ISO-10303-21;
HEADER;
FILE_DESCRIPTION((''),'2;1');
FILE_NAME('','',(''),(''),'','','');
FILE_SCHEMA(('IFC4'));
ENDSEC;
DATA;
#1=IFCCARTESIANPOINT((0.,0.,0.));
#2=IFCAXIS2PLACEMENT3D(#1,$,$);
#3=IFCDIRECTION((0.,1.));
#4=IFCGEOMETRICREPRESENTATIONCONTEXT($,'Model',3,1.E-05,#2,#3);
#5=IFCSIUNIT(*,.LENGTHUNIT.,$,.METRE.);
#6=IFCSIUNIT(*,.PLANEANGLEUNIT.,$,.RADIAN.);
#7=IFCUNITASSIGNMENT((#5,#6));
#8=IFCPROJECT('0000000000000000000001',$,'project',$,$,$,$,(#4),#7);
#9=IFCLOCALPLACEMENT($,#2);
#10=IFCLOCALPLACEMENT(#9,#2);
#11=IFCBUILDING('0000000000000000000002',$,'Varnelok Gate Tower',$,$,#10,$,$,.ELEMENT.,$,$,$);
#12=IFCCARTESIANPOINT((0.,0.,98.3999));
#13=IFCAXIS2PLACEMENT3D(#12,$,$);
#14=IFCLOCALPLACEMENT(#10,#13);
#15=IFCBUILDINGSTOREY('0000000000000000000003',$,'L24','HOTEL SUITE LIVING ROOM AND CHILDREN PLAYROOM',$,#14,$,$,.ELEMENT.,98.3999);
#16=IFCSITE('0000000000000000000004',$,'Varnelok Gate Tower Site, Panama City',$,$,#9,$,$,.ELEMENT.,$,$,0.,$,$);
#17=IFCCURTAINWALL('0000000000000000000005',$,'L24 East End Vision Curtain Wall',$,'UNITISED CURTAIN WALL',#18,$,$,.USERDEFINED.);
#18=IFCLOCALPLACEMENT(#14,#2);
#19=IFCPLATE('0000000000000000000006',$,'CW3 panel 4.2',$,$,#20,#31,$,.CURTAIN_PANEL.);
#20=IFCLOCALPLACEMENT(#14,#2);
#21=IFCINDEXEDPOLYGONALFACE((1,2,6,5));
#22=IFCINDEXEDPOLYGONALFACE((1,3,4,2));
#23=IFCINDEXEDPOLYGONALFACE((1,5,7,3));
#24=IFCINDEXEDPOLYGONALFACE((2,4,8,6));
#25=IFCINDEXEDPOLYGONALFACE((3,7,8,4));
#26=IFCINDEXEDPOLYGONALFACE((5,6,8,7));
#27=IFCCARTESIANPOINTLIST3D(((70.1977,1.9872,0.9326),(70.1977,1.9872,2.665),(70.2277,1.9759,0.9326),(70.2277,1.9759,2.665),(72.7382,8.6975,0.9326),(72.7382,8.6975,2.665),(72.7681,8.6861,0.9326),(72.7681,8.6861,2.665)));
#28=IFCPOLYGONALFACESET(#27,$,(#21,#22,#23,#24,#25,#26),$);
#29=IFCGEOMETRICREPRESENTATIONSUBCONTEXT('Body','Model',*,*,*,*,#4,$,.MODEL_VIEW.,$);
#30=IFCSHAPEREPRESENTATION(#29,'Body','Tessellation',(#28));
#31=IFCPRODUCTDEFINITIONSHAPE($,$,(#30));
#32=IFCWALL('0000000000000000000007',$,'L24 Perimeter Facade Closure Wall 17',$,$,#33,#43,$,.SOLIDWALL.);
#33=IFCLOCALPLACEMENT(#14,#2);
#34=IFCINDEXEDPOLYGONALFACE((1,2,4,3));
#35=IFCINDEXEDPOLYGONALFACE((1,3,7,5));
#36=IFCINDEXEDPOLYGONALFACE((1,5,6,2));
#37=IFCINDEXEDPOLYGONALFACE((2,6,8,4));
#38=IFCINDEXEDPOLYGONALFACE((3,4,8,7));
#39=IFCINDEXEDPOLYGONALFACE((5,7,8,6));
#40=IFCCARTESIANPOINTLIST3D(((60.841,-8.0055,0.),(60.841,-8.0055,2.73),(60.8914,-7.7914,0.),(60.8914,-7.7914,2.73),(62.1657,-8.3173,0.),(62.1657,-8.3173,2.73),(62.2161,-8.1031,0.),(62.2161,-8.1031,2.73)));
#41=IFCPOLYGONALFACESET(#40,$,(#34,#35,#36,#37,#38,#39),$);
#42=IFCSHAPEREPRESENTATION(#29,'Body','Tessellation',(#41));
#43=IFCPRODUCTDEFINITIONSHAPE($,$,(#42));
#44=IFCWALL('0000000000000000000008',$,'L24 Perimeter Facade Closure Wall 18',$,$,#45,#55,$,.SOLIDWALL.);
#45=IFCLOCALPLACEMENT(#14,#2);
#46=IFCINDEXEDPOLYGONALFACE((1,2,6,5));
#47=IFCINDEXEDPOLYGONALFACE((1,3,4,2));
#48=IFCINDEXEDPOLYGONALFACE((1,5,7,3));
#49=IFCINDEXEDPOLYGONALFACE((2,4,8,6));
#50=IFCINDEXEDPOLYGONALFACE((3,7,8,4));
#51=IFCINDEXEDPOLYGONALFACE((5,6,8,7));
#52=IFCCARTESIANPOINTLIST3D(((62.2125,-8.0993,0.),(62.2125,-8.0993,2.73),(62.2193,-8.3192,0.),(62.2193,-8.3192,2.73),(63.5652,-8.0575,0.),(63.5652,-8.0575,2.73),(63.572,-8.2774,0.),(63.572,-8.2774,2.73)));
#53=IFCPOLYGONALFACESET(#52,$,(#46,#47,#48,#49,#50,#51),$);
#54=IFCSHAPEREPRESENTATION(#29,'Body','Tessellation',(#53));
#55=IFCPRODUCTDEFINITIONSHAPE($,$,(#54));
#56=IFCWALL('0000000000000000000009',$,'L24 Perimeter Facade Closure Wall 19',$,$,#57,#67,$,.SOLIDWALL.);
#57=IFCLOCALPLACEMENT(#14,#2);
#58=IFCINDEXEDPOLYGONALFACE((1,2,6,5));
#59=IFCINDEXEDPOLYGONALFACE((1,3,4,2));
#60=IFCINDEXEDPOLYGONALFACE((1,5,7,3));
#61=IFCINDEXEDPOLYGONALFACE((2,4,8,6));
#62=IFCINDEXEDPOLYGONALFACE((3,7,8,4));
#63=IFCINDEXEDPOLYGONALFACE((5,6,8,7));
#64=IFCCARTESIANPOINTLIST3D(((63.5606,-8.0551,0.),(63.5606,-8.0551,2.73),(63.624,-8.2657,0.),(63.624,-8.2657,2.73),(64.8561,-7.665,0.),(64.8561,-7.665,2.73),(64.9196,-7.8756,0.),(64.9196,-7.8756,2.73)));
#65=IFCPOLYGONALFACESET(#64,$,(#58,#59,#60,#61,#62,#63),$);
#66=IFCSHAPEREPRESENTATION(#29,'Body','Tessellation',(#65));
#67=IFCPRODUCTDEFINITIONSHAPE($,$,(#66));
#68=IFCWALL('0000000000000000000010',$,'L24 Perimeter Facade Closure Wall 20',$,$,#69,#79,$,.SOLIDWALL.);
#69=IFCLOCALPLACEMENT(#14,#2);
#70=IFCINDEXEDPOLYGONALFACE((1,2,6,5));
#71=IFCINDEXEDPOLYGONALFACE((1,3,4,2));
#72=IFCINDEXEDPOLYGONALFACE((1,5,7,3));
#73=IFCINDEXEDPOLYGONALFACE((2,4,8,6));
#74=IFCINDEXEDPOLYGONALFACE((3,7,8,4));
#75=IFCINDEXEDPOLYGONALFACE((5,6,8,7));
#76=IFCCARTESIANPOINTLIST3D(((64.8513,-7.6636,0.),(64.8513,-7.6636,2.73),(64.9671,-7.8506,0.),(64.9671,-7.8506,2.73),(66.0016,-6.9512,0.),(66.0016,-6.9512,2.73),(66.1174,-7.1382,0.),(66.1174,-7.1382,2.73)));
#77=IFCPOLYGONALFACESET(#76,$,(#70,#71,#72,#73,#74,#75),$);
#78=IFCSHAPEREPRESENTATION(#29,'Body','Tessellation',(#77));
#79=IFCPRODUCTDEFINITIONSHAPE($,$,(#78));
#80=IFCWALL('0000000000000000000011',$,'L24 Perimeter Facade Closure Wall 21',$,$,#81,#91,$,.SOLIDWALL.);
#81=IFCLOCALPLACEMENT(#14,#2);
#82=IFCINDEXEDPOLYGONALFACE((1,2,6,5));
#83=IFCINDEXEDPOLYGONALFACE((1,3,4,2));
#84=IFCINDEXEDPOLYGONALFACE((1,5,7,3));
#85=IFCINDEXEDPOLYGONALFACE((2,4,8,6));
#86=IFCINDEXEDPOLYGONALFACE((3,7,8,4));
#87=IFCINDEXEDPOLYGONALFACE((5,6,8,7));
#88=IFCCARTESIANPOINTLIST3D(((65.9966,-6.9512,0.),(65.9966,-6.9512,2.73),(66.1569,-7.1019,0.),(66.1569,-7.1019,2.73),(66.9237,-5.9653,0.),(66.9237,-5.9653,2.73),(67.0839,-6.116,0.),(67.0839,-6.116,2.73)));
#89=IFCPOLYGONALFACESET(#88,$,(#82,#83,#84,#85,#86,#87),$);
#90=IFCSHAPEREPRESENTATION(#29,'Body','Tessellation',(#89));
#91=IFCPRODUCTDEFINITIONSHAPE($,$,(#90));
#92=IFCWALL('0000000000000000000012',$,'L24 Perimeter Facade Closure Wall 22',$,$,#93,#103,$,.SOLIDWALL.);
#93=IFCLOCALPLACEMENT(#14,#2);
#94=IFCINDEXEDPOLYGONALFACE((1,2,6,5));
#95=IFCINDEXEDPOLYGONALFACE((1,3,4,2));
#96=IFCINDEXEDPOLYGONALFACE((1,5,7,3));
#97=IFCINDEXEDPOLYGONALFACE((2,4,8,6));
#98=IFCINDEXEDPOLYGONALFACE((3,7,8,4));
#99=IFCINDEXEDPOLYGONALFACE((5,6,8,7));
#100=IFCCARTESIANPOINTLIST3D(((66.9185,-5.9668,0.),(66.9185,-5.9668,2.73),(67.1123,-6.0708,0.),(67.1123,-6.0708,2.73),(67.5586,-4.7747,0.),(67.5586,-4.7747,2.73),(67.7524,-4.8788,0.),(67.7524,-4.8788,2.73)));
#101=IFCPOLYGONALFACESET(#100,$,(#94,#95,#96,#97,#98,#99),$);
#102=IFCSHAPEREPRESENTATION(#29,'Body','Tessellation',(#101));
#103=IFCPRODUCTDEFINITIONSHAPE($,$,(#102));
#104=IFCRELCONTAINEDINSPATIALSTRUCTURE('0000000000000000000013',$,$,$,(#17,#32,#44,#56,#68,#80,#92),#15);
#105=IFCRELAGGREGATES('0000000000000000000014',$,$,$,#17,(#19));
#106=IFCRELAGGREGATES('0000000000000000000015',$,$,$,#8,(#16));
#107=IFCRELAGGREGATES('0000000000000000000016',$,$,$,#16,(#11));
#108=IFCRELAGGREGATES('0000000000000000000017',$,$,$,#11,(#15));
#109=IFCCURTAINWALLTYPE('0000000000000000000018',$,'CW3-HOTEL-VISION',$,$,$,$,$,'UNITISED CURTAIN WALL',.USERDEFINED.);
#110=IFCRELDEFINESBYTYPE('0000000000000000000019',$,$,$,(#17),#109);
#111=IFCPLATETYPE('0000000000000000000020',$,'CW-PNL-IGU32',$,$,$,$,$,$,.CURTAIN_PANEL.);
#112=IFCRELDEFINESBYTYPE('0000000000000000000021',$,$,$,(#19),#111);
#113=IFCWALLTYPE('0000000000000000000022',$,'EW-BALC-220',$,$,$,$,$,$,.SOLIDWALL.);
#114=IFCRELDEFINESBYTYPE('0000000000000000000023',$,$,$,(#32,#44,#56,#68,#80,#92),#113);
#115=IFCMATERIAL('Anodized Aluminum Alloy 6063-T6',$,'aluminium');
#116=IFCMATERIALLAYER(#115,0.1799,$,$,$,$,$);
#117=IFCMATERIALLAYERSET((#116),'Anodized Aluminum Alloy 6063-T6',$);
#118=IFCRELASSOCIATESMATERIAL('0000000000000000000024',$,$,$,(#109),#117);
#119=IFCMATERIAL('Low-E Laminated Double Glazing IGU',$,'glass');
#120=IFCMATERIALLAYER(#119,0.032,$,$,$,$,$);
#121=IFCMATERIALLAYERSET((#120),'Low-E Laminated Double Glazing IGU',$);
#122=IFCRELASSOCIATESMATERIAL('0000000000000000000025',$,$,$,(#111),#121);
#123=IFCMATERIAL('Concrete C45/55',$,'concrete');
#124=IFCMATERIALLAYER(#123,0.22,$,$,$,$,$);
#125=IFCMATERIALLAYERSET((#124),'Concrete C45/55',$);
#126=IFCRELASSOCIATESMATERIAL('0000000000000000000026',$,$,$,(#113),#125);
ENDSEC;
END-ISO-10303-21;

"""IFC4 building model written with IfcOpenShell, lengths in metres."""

from ifc_helpers import new_model, si_unit, direction, frame, frame_2d, origin, origin_2d, place, context, subcontext, project, spatial, rectangle, extrude, source, transform, mapped, material, layer, layer_set, type_object, element, aggregate, save


model = new_model("IFC4")

# Units and contexts
model_context = context("Model", 3, precision=1e-05, world=origin(), true_north=direction((0.0, 1.0)))
body_context = subcontext(model_context, "Body", "Model", "MODEL_VIEW")
ifc_project = project(units=[si_unit("LENGTHUNIT", "METRE"), si_unit("PLANEANGLEUNIT", "RADIAN")], contexts=[model_context])

# Site, building, storey
site_placement = place(None, origin())
site = spatial("IfcSite", under=ifc_project, at=site_placement, Name="Varnelok Gate Tower Site, Panama City", CompositionType="ELEMENT", RefElevation=0.0)
building_placement = place(site_placement, origin())
building = spatial("IfcBuilding", under=site, at=building_placement, Name="Varnelok Gate Tower", CompositionType="ELEMENT")
storey_placement = place(building_placement, frame((0.0, 0.0, 98.3999)))
storey = spatial("IfcBuildingStorey", under=building, at=storey_placement, Name="L24", Description="HOTEL SUITE LIVING ROOM AND CHILDREN PLAYROOM", CompositionType="ELEMENT", Elevation=98.3999)

# Curtain wall, plate
ifc_material_1 = material(Name="Anodized Aluminum Alloy 6063-T6", Category="aluminium")
ifc_layer_1 = layer(ifc_material_1, 0.1799)
ifc_layer_set_1 = layer_set([ifc_layer_1], Name="Anodized Aluminum Alloy 6063-T6")
curtain_wall_type = type_object("IfcCurtainWallType", Name="CW3-HOTEL-VISION", ElementType="UNITISED CURTAIN WALL", PredefinedType="USERDEFINED", material=ifc_layer_set_1)
curtain_wall_placement = place(storey_placement, origin())
curtain_wall = element("IfcCurtainWall", 1, at=curtain_wall_placement, inside=storey, type_object=curtain_wall_type, Name="L24 East End Vision Curtain Wall", ObjectType="UNITISED CURTAIN WALL", PredefinedType="USERDEFINED")
ifc_material_2 = material(Name="Low-E Laminated Double Glazing IGU", Category="glass")
ifc_layer_2 = layer(ifc_material_2, 0.032)
ifc_layer_set_2 = layer_set([ifc_layer_2], Name="Low-E Laminated Double Glazing IGU")
plate_type = type_object("IfcPlateType", Name="CW-PNL-IGU32", PredefinedType="CURTAIN_PANEL", material=ifc_layer_set_2)
shared_shape_1 = source(origin(), body_context, "Body", "SweptSolid", [
    extrude(rectangle(XDim=7.175, YDim=0.032, at=origin_2d()), origin(), (0.0, 0.0, 1.0), 1.7324),
])
plate_1_placement = place(storey_placement, frame((71.4829, 5.3367, 0.9326), z_axis=(0.0, 0.0, 1.0), x_axis=(-0.354064, -0.935221, 0.0)))
plate_1 = element("IfcPlate", 2, at=plate_1_placement, type_object=plate_type, Name="CW3 panel 4.2", PredefinedType="CURTAIN_PANEL", context=body_context, shape_type="MappedRepresentation", body=[
    mapped(shared_shape_1, transform((0.0, 0.0, 0.0), scale=1.0)),
])
aggregate(curtain_wall, [plate_1])

# Walls
ifc_material_3 = material(Name="Concrete C45/55", Category="concrete")
ifc_layer_3 = layer(ifc_material_3, 0.22)
ifc_layer_set_3 = layer_set([ifc_layer_3], Name="Concrete C45/55")
wall_type = type_object("IfcWallType", Name="EW-BALC-220", PredefinedType="SOLIDWALL", material=ifc_layer_set_3)
wall_1_placement = place(storey_placement, frame((60.8662, -7.8984, 0.0), z_axis=(0.0, 0.0, 1.0), x_axis=(0.973405, -0.229089, 0.0)))
element("IfcWall", 3, at=wall_1_placement, inside=storey, type_object=wall_type, Name="L24 Perimeter Facade Closure Wall 17", PredefinedType="SOLIDWALL", context=body_context, shape_type="SweptSolid", body=[
    extrude(rectangle(XDim=1.3608, YDim=0.22, at=frame_2d((0.6804, 0.0))), origin(), (0.0, 0.0, 1.0), 2.73),
])
wall_2_placement = place(storey_placement, frame((62.2158, -8.2092, 0.0), z_axis=(0.0, 0.0, 1.0), x_axis=(0.999524, 0.030852, 0.0)))
element("IfcWall", 4, at=wall_2_placement, inside=storey, type_object=wall_type, Name="L24 Perimeter Facade Closure Wall 18", PredefinedType="SOLIDWALL", context=body_context, shape_type="SweptSolid", body=[
    extrude(rectangle(XDim=1.3533, YDim=0.22, at=frame_2d((0.6768, 0.0))), origin(), (0.0, 0.0, 1.0), 2.73),
])
for number, where, z_axis, x_axis, name in (
    (5, (63.5923, -8.1604, 0.0), (0.0, 0.0, 1.0), (0.957533, 0.288324, 0.0), "L24 Perimeter Facade Closure Wall 19"),
    (6, (64.9092, -7.7571, 0.0), (0.0, 0.0, 1.0), (0.850181, 0.526491, 0.0), "L24 Perimeter Facade Closure Wall 20"),
):
    element("IfcWall", number, at=place(storey_placement, frame(where, z_axis=z_axis, x_axis=x_axis)), inside=storey, type_object=wall_type, Name=name, PredefinedType="SOLIDWALL", context=body_context, shape_type="SweptSolid", body=[
        extrude(rectangle(XDim=1.353, YDim=0.22, at=frame_2d((0.6765, 0.0))), origin(), (0.0, 0.0, 1.0), 2.73),
    ])
wall_3_placement = place(storey_placement, frame((66.0767, -7.0266, 0.0), z_axis=(0.0, 0.0, 1.0), x_axis=(0.685033, 0.728512, 0.0)))
element("IfcWall", 7, at=wall_3_placement, inside=storey, type_object=wall_type, Name="L24 Perimeter Facade Closure Wall 21", PredefinedType="SOLIDWALL", context=body_context, shape_type="SweptSolid", body=[
    extrude(rectangle(XDim=1.3533, YDim=0.22, at=frame_2d((0.6768, 0.0))), origin(), (0.0, 0.0, 1.0), 2.73),
])
wall_4_placement = place(storey_placement, frame((67.0154, -6.0188, 0.0), z_axis=(0.0, 0.0, 1.0), x_axis=(0.473077, 0.881021, 0.0)))
element("IfcWall", 8, at=wall_4_placement, inside=storey, type_object=wall_type, Name="L24 Perimeter Facade Closure Wall 22", PredefinedType="SOLIDWALL", context=body_context, shape_type="SweptSolid", body=[
    extrude(rectangle(XDim=1.353, YDim=0.22, at=frame_2d((0.6765, 0.0))), origin(), (0.0, 0.0, 1.0), 2.73),
])

save(model, "model.ifc")
